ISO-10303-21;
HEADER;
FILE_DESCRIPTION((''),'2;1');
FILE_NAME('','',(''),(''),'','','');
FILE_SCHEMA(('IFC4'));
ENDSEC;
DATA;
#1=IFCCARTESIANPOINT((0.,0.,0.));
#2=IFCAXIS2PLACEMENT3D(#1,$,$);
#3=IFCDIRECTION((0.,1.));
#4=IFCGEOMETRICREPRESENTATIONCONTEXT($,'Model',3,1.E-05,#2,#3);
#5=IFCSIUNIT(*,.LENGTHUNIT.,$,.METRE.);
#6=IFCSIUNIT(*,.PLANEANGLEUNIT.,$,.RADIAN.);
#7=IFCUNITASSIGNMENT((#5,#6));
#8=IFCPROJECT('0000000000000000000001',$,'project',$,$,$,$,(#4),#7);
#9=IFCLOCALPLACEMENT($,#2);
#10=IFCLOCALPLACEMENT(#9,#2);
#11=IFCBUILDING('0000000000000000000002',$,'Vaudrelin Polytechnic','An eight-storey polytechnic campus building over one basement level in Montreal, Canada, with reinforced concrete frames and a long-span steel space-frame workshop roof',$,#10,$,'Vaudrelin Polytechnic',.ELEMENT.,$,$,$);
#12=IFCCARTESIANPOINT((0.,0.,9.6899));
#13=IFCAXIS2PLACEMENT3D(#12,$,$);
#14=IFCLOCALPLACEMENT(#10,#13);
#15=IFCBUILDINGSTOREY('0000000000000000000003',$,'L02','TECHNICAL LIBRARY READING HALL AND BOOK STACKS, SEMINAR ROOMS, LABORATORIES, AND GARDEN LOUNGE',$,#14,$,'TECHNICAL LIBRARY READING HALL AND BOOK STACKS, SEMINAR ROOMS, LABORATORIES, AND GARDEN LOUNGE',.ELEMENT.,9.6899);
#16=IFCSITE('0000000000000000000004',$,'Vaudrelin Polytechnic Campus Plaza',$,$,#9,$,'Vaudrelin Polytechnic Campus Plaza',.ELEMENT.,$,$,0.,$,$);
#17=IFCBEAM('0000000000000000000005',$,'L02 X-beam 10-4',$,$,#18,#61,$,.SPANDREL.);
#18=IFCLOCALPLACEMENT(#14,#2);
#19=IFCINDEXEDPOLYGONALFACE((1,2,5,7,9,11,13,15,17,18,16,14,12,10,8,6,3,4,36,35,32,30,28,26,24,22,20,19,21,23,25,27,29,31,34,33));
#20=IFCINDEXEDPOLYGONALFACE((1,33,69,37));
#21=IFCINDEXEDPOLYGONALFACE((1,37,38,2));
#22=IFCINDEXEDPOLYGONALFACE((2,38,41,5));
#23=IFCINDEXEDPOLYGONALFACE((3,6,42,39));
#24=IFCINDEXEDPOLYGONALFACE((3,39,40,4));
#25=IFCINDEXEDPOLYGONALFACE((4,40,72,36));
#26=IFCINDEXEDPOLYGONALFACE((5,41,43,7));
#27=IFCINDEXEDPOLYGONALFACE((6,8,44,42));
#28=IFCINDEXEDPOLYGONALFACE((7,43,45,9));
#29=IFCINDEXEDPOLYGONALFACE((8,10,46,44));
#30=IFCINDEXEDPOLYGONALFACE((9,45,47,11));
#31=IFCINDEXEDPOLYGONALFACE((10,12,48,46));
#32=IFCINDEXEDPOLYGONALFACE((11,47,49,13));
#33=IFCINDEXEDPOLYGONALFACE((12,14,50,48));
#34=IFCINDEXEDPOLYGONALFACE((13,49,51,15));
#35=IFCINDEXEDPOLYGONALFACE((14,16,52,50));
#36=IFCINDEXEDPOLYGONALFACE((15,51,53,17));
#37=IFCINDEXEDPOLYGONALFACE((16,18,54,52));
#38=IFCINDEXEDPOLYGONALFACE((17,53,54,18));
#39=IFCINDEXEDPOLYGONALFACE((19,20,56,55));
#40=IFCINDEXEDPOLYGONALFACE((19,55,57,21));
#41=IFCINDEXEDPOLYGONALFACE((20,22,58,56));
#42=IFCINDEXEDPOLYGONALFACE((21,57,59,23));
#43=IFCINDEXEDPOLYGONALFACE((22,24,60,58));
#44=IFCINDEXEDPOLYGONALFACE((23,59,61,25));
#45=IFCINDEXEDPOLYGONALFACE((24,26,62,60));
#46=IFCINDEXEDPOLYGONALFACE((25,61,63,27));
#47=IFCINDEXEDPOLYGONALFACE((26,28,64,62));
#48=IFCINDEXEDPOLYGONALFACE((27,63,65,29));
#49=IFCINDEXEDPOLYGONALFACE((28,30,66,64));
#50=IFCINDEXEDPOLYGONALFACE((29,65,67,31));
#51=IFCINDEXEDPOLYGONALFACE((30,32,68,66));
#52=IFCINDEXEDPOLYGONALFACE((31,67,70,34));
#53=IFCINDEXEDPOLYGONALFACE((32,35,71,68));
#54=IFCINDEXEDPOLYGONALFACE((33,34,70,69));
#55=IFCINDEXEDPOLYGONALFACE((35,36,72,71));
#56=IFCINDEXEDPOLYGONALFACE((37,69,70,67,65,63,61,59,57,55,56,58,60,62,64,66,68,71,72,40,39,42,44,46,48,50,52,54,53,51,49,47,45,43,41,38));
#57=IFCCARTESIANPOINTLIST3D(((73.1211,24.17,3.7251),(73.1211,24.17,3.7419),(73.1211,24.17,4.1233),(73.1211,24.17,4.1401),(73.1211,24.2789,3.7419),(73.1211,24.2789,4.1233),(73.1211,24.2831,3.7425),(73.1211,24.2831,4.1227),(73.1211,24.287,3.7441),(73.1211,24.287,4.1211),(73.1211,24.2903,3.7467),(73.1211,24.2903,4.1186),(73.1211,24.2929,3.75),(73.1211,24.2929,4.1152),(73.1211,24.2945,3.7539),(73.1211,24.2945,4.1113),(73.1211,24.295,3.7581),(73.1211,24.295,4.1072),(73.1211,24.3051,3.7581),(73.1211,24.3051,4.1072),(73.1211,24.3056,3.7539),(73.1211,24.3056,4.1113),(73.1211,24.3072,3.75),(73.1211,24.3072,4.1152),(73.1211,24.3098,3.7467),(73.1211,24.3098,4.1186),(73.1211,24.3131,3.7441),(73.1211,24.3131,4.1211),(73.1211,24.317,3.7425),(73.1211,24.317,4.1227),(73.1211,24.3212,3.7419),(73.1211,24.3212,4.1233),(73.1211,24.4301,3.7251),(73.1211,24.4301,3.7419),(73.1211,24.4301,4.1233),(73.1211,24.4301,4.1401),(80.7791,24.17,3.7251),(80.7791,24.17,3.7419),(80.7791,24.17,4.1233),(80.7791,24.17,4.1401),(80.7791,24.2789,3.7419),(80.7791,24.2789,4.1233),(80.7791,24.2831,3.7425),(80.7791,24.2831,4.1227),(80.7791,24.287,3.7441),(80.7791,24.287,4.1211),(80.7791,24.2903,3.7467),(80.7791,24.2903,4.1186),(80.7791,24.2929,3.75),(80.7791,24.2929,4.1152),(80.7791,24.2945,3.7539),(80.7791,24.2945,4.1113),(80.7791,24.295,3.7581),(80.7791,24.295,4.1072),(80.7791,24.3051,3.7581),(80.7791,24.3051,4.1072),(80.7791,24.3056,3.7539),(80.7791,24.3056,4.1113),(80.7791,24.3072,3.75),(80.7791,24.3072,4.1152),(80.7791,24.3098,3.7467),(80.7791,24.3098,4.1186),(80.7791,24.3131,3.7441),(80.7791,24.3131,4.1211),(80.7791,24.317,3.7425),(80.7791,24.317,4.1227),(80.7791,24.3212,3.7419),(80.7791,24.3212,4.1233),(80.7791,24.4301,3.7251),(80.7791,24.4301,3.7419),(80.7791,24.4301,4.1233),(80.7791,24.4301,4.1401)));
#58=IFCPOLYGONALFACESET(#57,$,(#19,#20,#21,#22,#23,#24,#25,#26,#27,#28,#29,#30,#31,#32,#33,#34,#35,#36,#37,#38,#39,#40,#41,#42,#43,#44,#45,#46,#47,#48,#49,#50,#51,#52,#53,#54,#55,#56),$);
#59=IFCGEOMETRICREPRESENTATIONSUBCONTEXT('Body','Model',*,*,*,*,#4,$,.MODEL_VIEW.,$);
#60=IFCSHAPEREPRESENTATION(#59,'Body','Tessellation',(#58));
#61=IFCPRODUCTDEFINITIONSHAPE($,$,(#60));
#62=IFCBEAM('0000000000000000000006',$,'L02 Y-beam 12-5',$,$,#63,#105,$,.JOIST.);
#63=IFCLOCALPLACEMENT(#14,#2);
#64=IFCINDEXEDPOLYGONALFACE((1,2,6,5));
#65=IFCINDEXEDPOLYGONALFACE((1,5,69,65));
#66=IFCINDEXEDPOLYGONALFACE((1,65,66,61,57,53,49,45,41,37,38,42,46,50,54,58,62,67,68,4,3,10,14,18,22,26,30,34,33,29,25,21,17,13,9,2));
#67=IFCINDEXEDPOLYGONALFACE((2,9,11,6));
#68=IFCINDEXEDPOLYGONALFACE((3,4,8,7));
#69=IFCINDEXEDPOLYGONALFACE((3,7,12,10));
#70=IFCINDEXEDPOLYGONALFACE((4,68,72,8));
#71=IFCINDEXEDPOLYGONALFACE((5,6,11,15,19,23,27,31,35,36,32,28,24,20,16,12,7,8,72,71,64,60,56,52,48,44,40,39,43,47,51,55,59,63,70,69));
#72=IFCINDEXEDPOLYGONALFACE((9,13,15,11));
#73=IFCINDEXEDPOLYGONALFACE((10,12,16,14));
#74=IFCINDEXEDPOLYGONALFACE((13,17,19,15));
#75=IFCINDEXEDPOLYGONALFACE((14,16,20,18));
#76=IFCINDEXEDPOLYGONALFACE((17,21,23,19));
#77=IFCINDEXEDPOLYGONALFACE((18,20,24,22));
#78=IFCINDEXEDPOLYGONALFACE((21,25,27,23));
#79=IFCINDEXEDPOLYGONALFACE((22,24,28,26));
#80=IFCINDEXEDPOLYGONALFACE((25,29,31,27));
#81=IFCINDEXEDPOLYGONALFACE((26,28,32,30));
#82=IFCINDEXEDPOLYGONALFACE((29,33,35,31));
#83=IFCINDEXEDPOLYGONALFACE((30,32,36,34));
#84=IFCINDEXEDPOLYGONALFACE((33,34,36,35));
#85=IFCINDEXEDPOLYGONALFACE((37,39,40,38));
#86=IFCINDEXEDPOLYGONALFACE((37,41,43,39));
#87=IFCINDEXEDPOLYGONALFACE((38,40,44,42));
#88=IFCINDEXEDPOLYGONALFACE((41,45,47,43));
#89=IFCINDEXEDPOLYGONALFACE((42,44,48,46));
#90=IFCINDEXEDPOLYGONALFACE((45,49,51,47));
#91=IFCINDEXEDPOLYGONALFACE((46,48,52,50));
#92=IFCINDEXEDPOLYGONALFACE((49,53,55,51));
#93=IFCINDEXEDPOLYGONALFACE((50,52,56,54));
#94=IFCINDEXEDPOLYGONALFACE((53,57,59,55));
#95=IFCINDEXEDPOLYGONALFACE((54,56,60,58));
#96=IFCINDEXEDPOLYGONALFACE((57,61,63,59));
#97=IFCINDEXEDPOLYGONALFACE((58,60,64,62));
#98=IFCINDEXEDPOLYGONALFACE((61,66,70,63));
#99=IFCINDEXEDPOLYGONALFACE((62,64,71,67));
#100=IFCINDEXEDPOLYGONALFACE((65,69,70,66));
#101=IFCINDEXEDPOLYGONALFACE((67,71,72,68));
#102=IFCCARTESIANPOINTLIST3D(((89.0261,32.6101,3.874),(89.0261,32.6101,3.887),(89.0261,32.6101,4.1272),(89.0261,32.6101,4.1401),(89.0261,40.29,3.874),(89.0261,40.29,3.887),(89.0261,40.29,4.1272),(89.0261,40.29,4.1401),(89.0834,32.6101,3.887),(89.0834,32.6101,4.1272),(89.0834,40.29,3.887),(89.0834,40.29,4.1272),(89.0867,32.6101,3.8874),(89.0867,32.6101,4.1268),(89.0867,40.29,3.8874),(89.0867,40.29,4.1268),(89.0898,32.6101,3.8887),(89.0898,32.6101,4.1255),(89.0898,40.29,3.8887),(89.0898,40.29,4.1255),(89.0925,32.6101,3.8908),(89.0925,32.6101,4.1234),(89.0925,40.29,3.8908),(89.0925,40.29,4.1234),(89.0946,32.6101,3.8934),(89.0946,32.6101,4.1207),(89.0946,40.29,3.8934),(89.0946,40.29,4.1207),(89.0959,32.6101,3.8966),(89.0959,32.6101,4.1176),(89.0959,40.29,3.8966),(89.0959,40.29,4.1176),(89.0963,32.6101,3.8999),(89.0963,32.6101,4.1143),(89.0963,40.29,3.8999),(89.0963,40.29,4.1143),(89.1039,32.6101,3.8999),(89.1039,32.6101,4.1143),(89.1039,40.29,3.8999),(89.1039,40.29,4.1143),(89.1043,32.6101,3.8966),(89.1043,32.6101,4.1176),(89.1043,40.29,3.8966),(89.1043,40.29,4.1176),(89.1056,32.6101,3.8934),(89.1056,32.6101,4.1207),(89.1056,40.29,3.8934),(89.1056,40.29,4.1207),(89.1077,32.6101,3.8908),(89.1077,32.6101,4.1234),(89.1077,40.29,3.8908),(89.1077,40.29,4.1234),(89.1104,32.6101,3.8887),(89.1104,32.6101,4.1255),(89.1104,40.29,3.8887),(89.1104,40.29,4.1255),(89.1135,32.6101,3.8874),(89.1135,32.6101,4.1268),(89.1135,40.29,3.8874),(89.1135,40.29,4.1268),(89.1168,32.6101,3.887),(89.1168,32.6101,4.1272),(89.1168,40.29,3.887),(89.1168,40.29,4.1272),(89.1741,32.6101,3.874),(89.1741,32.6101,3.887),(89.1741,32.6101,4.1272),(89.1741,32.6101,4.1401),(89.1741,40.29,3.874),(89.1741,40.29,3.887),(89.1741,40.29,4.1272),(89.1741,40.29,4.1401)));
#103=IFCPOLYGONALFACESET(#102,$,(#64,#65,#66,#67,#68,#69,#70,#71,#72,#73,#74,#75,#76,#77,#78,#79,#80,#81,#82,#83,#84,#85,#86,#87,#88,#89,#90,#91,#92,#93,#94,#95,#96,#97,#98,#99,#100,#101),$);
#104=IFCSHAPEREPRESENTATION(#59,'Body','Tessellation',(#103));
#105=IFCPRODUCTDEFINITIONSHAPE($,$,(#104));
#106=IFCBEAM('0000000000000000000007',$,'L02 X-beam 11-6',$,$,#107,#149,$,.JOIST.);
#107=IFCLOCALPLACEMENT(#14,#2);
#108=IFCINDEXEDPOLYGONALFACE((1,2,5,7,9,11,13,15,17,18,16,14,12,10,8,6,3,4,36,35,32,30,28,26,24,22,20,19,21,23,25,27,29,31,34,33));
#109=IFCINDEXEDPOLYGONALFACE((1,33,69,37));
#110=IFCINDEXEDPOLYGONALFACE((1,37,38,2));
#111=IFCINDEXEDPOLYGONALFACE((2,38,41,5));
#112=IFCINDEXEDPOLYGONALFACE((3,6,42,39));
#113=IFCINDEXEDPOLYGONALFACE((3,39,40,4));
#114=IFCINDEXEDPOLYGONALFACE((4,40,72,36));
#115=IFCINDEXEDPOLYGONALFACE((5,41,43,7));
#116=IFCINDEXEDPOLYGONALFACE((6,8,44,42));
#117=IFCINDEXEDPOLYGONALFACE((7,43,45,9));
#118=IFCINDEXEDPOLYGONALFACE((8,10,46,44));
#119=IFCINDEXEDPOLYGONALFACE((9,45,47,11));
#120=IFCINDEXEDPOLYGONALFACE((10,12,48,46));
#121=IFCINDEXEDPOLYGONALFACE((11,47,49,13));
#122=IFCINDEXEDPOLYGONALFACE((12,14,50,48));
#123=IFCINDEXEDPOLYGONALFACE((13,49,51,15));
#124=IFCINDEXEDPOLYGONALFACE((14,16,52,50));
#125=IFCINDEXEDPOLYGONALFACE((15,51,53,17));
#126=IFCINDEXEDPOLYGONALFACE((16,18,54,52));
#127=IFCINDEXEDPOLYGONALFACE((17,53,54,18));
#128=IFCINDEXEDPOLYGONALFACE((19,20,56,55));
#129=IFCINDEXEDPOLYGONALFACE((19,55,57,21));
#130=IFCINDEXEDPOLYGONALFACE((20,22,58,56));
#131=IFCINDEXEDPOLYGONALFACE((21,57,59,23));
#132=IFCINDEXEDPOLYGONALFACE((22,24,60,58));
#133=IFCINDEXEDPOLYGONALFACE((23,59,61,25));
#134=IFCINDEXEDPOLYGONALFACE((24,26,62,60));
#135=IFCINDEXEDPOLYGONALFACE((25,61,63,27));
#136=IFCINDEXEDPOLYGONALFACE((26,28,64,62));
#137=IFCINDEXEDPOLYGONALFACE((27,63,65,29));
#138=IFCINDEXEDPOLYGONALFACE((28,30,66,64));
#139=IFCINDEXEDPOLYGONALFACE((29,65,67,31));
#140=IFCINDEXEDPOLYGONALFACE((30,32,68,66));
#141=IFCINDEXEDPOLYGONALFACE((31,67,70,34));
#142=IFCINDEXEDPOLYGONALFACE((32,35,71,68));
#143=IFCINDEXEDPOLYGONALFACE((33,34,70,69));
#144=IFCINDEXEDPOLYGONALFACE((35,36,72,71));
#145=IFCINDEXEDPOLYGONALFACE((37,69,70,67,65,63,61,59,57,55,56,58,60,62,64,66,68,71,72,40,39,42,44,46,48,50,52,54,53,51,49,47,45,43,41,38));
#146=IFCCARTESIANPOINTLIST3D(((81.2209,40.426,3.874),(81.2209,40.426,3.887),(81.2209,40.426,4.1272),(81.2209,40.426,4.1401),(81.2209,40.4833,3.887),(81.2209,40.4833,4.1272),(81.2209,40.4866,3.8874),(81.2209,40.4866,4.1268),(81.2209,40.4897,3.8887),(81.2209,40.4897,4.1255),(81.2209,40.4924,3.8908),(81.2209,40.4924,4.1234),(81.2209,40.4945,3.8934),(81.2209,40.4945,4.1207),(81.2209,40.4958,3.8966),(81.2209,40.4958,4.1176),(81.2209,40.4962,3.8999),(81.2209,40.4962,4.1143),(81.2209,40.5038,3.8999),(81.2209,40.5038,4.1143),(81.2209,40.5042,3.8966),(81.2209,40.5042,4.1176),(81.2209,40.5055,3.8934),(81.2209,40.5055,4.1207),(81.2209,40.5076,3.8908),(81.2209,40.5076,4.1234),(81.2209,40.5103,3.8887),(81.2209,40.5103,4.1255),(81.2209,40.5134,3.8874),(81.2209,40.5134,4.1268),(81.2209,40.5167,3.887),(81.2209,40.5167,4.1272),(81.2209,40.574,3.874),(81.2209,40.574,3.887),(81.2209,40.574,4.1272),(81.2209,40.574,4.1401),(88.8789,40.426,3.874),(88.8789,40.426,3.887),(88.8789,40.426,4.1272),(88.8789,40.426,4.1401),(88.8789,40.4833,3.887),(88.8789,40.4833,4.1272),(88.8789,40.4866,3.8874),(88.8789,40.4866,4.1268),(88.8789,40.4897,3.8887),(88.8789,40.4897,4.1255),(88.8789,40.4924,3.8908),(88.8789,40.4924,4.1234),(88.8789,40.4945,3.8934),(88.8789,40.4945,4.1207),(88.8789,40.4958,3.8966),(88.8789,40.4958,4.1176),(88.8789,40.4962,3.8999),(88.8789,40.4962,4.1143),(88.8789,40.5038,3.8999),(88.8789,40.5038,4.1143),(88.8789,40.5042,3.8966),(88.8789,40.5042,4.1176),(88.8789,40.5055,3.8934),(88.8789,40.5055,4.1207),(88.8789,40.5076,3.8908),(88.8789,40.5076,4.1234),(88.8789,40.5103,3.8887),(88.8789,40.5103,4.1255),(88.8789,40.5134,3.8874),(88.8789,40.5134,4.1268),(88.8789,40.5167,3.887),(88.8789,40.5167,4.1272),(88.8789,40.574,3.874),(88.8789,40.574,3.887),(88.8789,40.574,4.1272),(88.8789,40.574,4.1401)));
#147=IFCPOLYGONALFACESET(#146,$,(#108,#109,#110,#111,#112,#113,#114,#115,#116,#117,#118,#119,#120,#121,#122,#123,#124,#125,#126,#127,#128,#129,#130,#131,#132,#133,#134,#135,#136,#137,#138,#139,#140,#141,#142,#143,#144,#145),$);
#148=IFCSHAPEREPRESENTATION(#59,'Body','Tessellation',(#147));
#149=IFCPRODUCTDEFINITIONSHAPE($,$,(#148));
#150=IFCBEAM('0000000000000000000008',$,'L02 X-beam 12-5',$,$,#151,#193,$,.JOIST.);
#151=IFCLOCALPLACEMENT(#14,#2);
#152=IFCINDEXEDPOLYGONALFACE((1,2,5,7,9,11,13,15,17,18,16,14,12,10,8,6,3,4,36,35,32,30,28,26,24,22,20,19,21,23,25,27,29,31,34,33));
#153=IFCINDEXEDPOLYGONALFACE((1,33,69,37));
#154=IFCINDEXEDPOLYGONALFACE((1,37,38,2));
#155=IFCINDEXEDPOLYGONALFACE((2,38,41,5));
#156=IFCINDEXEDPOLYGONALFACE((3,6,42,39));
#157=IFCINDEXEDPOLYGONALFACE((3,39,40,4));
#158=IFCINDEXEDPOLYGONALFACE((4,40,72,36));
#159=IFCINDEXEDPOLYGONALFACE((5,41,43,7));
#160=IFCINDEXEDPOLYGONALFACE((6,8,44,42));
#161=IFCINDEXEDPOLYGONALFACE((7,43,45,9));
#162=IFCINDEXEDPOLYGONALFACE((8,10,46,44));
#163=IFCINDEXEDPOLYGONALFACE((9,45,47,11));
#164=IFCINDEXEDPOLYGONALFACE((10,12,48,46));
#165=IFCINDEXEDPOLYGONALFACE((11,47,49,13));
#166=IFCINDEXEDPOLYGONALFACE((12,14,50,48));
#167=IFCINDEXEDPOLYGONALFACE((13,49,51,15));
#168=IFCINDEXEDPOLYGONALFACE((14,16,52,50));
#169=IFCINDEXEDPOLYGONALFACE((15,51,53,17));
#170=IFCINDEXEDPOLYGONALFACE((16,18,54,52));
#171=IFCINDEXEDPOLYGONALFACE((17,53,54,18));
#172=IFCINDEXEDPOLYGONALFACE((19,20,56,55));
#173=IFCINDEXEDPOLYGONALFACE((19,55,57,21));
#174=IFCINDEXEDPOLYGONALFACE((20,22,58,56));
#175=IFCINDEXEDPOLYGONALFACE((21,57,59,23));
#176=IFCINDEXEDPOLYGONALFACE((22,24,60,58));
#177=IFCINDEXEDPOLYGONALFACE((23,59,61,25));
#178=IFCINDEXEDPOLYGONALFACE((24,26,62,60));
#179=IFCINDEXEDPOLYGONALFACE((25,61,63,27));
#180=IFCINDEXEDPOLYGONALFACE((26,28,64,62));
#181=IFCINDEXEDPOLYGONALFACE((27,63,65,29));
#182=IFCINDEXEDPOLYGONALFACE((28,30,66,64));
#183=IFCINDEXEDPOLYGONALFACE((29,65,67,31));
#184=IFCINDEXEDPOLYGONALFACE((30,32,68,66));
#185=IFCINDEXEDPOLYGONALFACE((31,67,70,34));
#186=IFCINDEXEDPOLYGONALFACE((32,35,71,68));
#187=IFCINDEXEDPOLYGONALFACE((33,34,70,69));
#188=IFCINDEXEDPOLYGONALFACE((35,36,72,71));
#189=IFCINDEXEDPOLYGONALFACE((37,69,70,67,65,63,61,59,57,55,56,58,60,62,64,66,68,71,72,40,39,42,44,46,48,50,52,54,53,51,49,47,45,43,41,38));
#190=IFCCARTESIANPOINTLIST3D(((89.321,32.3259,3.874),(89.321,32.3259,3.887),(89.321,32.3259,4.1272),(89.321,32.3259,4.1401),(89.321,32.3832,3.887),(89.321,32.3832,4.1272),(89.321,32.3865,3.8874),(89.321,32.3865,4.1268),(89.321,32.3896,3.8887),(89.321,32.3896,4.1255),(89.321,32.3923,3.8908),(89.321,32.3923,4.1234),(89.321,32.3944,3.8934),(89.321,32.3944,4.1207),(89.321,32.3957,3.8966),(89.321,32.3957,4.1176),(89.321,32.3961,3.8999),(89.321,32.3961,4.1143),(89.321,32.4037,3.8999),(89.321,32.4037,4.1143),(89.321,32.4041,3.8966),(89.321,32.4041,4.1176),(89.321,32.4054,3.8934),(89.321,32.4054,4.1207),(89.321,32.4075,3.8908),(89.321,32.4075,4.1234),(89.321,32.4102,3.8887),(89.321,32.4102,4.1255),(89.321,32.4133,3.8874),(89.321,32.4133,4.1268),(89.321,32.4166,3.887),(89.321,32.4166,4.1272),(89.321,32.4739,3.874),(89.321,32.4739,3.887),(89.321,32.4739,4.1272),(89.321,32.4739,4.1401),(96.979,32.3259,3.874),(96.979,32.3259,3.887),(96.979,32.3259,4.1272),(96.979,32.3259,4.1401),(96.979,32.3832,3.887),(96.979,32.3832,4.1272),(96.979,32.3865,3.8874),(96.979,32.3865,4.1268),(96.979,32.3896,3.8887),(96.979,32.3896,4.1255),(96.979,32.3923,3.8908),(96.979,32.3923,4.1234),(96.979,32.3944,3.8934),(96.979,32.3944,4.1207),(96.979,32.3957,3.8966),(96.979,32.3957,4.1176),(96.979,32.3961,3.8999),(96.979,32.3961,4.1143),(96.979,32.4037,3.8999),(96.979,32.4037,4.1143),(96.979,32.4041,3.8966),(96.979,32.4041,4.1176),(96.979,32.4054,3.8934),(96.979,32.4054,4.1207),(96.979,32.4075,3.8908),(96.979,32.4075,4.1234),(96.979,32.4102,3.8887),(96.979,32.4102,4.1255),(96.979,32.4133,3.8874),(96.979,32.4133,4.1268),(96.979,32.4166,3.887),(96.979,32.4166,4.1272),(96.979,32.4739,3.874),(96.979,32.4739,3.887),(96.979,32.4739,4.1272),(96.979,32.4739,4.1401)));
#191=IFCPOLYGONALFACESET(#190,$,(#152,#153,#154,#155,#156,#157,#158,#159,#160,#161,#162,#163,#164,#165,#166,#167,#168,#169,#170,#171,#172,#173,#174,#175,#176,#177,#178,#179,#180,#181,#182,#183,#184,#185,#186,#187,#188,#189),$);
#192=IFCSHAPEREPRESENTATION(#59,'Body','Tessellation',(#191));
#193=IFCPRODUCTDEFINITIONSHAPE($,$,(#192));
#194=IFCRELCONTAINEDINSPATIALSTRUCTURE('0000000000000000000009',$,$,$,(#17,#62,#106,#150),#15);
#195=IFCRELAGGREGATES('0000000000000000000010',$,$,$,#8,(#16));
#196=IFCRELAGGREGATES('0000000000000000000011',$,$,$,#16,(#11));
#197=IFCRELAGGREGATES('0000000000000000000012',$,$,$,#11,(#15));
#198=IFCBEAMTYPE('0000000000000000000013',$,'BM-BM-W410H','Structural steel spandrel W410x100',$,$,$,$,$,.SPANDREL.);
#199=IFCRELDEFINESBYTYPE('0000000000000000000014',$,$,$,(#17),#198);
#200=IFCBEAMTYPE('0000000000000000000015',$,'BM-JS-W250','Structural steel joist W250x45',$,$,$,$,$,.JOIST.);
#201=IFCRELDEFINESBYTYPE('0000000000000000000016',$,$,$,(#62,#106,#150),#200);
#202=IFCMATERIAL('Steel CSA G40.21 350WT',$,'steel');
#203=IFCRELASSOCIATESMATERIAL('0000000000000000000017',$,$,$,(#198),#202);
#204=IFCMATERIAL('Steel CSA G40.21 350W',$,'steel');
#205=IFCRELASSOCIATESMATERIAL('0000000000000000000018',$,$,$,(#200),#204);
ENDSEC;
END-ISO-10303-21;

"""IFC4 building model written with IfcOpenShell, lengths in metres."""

from ifc_helpers import new_model, si_unit, direction, frame, origin, origin_2d, place, context, subcontext, project, spatial, i_section, extrude, material, material_profile, profile_set, type_object, element, save


model = new_model("IFC4")

# Units and contexts
model_context = context("Model", 3, precision=1e-05, world=origin(), true_north=direction((0.0, 1.0)))
body_context = subcontext(model_context, "Body", "Model", "MODEL_VIEW")
ifc_project = project(units=[si_unit("LENGTHUNIT", "METRE"), si_unit("PLANEANGLEUNIT", "RADIAN")], contexts=[model_context])

# Site, building, storey
site_placement = place(None, origin())
site = spatial("IfcSite", under=ifc_project, at=site_placement, Name="Vaudrelin Polytechnic Campus Plaza", LongName="Vaudrelin Polytechnic Campus Plaza", CompositionType="ELEMENT", RefElevation=0.0)
building_placement = place(site_placement, origin())
building = spatial("IfcBuilding", under=site, at=building_placement, Name="Vaudrelin Polytechnic", Description="An eight-storey polytechnic campus building over one basement level in Montreal, Canada, with reinforced concrete frames and a long-span steel space-frame workshop roof", LongName="Vaudrelin Polytechnic", CompositionType="ELEMENT")
storey_placement = place(building_placement, frame((0.0, 0.0, 9.6899)))
storey = spatial("IfcBuildingStorey", under=building, at=storey_placement, Name="L02", Description="TECHNICAL LIBRARY READING HALL AND BOOK STACKS, SEMINAR ROOMS, LABORATORIES, AND GARDEN LOUNGE", LongName="TECHNICAL LIBRARY READING HALL AND BOOK STACKS, SEMINAR ROOMS, LABORATORIES, AND GARDEN LOUNGE", CompositionType="ELEMENT", Elevation=9.6899)

# Beams
ifc_material_1 = material(Name="Steel CSA G40.21 350W", Category="steel")
ifc_material_2 = material(Name="Steel CSA G40.21 350WT", Category="steel")
ifc_material_profile_1 = material_profile(ifc_material_2, i_section(OverallWidth=0.26, OverallDepth=0.415, WebThickness=0.01, FlangeThickness=0.0168, FilletRadius=0.0161, at=origin_2d()), Name="W410x100")
ifc_profile_set_1 = profile_set([ifc_material_profile_1], Name="Steel CSA G40.21 350WT")
beam_type_1 = type_object("IfcBeamType", Name="BM-BM-W410H", Description="Structural steel spandrel W410x100", PredefinedType="SPANDREL", material=ifc_profile_set_1)
beam_1_placement = place(storey_placement, frame((73.1211, 24.3, 3.9326), z_axis=(1.0, 0.0, 0.0), x_axis=(0.0, 1.0, 0.0)))
element("IfcBeam", 1, at=beam_1_placement, inside=storey, type_object=beam_type_1, Name="L02 X-beam 10-4", PredefinedType="SPANDREL", context=body_context, shape_type="SweptSolid", body=[
    extrude(i_section(OverallWidth=0.26, OverallDepth=0.415, WebThickness=0.01, FlangeThickness=0.0168, FilletRadius=0.0161, at=origin_2d()), origin(), (0.0, 0.0, 1.0), 7.658),
])
ifc_material_profile_2 = material_profile(ifc_material_1, i_section(OverallWidth=0.1479, OverallDepth=0.2661, WebThickness=0.0076, FlangeThickness=0.0129, FilletRadius=0.0129, at=origin_2d()), Name="W250x45")
ifc_profile_set_2 = profile_set([ifc_material_profile_2], Name="Steel CSA G40.21 350W")
beam_type_2 = type_object("IfcBeamType", Name="BM-JS-W250", Description="Structural steel joist W250x45", PredefinedType="JOIST", material=ifc_profile_set_2)
beam_2_placement = place(storey_placement, frame((89.1001, 32.6101, 4.0071), z_axis=(0.0, 1.0, 0.0), x_axis=(-1.0, 0.0, 0.0)))
element("IfcBeam", 2, at=beam_2_placement, inside=storey, type_object=beam_type_2, Name="L02 Y-beam 12-5", PredefinedType="JOIST", context=body_context, shape_type="SweptSolid", body=[
    extrude(i_section(OverallWidth=0.1479, OverallDepth=0.2661, WebThickness=0.0076, FlangeThickness=0.0129, FilletRadius=0.0129, at=origin_2d()), origin(), (0.0, 0.0, 1.0), 7.6799),
])
for number, where, z_axis, x_axis, name in (
    (3, (81.2209, 40.5, 4.0071), (1.0, 0.0, 0.0), (0.0, 1.0, 0.0), "L02 X-beam 11-6"),
    (4, (89.321, 32.3999, 4.0071), (1.0, 0.0, 0.0), (0.0, 1.0, 0.0), "L02 X-beam 12-5"),
):
    element("IfcBeam", number, at=place(storey_placement, frame(where, z_axis=z_axis, x_axis=x_axis)), inside=storey, type_object=beam_type_2, Name=name, PredefinedType="JOIST", context=body_context, shape_type="SweptSolid", body=[
        extrude(i_section(OverallWidth=0.1479, OverallDepth=0.2661, WebThickness=0.0076, FlangeThickness=0.0129, FilletRadius=0.0129, at=origin_2d()), origin(), (0.0, 0.0, 1.0), 7.658),
    ])

save(model, "model.ifc")
